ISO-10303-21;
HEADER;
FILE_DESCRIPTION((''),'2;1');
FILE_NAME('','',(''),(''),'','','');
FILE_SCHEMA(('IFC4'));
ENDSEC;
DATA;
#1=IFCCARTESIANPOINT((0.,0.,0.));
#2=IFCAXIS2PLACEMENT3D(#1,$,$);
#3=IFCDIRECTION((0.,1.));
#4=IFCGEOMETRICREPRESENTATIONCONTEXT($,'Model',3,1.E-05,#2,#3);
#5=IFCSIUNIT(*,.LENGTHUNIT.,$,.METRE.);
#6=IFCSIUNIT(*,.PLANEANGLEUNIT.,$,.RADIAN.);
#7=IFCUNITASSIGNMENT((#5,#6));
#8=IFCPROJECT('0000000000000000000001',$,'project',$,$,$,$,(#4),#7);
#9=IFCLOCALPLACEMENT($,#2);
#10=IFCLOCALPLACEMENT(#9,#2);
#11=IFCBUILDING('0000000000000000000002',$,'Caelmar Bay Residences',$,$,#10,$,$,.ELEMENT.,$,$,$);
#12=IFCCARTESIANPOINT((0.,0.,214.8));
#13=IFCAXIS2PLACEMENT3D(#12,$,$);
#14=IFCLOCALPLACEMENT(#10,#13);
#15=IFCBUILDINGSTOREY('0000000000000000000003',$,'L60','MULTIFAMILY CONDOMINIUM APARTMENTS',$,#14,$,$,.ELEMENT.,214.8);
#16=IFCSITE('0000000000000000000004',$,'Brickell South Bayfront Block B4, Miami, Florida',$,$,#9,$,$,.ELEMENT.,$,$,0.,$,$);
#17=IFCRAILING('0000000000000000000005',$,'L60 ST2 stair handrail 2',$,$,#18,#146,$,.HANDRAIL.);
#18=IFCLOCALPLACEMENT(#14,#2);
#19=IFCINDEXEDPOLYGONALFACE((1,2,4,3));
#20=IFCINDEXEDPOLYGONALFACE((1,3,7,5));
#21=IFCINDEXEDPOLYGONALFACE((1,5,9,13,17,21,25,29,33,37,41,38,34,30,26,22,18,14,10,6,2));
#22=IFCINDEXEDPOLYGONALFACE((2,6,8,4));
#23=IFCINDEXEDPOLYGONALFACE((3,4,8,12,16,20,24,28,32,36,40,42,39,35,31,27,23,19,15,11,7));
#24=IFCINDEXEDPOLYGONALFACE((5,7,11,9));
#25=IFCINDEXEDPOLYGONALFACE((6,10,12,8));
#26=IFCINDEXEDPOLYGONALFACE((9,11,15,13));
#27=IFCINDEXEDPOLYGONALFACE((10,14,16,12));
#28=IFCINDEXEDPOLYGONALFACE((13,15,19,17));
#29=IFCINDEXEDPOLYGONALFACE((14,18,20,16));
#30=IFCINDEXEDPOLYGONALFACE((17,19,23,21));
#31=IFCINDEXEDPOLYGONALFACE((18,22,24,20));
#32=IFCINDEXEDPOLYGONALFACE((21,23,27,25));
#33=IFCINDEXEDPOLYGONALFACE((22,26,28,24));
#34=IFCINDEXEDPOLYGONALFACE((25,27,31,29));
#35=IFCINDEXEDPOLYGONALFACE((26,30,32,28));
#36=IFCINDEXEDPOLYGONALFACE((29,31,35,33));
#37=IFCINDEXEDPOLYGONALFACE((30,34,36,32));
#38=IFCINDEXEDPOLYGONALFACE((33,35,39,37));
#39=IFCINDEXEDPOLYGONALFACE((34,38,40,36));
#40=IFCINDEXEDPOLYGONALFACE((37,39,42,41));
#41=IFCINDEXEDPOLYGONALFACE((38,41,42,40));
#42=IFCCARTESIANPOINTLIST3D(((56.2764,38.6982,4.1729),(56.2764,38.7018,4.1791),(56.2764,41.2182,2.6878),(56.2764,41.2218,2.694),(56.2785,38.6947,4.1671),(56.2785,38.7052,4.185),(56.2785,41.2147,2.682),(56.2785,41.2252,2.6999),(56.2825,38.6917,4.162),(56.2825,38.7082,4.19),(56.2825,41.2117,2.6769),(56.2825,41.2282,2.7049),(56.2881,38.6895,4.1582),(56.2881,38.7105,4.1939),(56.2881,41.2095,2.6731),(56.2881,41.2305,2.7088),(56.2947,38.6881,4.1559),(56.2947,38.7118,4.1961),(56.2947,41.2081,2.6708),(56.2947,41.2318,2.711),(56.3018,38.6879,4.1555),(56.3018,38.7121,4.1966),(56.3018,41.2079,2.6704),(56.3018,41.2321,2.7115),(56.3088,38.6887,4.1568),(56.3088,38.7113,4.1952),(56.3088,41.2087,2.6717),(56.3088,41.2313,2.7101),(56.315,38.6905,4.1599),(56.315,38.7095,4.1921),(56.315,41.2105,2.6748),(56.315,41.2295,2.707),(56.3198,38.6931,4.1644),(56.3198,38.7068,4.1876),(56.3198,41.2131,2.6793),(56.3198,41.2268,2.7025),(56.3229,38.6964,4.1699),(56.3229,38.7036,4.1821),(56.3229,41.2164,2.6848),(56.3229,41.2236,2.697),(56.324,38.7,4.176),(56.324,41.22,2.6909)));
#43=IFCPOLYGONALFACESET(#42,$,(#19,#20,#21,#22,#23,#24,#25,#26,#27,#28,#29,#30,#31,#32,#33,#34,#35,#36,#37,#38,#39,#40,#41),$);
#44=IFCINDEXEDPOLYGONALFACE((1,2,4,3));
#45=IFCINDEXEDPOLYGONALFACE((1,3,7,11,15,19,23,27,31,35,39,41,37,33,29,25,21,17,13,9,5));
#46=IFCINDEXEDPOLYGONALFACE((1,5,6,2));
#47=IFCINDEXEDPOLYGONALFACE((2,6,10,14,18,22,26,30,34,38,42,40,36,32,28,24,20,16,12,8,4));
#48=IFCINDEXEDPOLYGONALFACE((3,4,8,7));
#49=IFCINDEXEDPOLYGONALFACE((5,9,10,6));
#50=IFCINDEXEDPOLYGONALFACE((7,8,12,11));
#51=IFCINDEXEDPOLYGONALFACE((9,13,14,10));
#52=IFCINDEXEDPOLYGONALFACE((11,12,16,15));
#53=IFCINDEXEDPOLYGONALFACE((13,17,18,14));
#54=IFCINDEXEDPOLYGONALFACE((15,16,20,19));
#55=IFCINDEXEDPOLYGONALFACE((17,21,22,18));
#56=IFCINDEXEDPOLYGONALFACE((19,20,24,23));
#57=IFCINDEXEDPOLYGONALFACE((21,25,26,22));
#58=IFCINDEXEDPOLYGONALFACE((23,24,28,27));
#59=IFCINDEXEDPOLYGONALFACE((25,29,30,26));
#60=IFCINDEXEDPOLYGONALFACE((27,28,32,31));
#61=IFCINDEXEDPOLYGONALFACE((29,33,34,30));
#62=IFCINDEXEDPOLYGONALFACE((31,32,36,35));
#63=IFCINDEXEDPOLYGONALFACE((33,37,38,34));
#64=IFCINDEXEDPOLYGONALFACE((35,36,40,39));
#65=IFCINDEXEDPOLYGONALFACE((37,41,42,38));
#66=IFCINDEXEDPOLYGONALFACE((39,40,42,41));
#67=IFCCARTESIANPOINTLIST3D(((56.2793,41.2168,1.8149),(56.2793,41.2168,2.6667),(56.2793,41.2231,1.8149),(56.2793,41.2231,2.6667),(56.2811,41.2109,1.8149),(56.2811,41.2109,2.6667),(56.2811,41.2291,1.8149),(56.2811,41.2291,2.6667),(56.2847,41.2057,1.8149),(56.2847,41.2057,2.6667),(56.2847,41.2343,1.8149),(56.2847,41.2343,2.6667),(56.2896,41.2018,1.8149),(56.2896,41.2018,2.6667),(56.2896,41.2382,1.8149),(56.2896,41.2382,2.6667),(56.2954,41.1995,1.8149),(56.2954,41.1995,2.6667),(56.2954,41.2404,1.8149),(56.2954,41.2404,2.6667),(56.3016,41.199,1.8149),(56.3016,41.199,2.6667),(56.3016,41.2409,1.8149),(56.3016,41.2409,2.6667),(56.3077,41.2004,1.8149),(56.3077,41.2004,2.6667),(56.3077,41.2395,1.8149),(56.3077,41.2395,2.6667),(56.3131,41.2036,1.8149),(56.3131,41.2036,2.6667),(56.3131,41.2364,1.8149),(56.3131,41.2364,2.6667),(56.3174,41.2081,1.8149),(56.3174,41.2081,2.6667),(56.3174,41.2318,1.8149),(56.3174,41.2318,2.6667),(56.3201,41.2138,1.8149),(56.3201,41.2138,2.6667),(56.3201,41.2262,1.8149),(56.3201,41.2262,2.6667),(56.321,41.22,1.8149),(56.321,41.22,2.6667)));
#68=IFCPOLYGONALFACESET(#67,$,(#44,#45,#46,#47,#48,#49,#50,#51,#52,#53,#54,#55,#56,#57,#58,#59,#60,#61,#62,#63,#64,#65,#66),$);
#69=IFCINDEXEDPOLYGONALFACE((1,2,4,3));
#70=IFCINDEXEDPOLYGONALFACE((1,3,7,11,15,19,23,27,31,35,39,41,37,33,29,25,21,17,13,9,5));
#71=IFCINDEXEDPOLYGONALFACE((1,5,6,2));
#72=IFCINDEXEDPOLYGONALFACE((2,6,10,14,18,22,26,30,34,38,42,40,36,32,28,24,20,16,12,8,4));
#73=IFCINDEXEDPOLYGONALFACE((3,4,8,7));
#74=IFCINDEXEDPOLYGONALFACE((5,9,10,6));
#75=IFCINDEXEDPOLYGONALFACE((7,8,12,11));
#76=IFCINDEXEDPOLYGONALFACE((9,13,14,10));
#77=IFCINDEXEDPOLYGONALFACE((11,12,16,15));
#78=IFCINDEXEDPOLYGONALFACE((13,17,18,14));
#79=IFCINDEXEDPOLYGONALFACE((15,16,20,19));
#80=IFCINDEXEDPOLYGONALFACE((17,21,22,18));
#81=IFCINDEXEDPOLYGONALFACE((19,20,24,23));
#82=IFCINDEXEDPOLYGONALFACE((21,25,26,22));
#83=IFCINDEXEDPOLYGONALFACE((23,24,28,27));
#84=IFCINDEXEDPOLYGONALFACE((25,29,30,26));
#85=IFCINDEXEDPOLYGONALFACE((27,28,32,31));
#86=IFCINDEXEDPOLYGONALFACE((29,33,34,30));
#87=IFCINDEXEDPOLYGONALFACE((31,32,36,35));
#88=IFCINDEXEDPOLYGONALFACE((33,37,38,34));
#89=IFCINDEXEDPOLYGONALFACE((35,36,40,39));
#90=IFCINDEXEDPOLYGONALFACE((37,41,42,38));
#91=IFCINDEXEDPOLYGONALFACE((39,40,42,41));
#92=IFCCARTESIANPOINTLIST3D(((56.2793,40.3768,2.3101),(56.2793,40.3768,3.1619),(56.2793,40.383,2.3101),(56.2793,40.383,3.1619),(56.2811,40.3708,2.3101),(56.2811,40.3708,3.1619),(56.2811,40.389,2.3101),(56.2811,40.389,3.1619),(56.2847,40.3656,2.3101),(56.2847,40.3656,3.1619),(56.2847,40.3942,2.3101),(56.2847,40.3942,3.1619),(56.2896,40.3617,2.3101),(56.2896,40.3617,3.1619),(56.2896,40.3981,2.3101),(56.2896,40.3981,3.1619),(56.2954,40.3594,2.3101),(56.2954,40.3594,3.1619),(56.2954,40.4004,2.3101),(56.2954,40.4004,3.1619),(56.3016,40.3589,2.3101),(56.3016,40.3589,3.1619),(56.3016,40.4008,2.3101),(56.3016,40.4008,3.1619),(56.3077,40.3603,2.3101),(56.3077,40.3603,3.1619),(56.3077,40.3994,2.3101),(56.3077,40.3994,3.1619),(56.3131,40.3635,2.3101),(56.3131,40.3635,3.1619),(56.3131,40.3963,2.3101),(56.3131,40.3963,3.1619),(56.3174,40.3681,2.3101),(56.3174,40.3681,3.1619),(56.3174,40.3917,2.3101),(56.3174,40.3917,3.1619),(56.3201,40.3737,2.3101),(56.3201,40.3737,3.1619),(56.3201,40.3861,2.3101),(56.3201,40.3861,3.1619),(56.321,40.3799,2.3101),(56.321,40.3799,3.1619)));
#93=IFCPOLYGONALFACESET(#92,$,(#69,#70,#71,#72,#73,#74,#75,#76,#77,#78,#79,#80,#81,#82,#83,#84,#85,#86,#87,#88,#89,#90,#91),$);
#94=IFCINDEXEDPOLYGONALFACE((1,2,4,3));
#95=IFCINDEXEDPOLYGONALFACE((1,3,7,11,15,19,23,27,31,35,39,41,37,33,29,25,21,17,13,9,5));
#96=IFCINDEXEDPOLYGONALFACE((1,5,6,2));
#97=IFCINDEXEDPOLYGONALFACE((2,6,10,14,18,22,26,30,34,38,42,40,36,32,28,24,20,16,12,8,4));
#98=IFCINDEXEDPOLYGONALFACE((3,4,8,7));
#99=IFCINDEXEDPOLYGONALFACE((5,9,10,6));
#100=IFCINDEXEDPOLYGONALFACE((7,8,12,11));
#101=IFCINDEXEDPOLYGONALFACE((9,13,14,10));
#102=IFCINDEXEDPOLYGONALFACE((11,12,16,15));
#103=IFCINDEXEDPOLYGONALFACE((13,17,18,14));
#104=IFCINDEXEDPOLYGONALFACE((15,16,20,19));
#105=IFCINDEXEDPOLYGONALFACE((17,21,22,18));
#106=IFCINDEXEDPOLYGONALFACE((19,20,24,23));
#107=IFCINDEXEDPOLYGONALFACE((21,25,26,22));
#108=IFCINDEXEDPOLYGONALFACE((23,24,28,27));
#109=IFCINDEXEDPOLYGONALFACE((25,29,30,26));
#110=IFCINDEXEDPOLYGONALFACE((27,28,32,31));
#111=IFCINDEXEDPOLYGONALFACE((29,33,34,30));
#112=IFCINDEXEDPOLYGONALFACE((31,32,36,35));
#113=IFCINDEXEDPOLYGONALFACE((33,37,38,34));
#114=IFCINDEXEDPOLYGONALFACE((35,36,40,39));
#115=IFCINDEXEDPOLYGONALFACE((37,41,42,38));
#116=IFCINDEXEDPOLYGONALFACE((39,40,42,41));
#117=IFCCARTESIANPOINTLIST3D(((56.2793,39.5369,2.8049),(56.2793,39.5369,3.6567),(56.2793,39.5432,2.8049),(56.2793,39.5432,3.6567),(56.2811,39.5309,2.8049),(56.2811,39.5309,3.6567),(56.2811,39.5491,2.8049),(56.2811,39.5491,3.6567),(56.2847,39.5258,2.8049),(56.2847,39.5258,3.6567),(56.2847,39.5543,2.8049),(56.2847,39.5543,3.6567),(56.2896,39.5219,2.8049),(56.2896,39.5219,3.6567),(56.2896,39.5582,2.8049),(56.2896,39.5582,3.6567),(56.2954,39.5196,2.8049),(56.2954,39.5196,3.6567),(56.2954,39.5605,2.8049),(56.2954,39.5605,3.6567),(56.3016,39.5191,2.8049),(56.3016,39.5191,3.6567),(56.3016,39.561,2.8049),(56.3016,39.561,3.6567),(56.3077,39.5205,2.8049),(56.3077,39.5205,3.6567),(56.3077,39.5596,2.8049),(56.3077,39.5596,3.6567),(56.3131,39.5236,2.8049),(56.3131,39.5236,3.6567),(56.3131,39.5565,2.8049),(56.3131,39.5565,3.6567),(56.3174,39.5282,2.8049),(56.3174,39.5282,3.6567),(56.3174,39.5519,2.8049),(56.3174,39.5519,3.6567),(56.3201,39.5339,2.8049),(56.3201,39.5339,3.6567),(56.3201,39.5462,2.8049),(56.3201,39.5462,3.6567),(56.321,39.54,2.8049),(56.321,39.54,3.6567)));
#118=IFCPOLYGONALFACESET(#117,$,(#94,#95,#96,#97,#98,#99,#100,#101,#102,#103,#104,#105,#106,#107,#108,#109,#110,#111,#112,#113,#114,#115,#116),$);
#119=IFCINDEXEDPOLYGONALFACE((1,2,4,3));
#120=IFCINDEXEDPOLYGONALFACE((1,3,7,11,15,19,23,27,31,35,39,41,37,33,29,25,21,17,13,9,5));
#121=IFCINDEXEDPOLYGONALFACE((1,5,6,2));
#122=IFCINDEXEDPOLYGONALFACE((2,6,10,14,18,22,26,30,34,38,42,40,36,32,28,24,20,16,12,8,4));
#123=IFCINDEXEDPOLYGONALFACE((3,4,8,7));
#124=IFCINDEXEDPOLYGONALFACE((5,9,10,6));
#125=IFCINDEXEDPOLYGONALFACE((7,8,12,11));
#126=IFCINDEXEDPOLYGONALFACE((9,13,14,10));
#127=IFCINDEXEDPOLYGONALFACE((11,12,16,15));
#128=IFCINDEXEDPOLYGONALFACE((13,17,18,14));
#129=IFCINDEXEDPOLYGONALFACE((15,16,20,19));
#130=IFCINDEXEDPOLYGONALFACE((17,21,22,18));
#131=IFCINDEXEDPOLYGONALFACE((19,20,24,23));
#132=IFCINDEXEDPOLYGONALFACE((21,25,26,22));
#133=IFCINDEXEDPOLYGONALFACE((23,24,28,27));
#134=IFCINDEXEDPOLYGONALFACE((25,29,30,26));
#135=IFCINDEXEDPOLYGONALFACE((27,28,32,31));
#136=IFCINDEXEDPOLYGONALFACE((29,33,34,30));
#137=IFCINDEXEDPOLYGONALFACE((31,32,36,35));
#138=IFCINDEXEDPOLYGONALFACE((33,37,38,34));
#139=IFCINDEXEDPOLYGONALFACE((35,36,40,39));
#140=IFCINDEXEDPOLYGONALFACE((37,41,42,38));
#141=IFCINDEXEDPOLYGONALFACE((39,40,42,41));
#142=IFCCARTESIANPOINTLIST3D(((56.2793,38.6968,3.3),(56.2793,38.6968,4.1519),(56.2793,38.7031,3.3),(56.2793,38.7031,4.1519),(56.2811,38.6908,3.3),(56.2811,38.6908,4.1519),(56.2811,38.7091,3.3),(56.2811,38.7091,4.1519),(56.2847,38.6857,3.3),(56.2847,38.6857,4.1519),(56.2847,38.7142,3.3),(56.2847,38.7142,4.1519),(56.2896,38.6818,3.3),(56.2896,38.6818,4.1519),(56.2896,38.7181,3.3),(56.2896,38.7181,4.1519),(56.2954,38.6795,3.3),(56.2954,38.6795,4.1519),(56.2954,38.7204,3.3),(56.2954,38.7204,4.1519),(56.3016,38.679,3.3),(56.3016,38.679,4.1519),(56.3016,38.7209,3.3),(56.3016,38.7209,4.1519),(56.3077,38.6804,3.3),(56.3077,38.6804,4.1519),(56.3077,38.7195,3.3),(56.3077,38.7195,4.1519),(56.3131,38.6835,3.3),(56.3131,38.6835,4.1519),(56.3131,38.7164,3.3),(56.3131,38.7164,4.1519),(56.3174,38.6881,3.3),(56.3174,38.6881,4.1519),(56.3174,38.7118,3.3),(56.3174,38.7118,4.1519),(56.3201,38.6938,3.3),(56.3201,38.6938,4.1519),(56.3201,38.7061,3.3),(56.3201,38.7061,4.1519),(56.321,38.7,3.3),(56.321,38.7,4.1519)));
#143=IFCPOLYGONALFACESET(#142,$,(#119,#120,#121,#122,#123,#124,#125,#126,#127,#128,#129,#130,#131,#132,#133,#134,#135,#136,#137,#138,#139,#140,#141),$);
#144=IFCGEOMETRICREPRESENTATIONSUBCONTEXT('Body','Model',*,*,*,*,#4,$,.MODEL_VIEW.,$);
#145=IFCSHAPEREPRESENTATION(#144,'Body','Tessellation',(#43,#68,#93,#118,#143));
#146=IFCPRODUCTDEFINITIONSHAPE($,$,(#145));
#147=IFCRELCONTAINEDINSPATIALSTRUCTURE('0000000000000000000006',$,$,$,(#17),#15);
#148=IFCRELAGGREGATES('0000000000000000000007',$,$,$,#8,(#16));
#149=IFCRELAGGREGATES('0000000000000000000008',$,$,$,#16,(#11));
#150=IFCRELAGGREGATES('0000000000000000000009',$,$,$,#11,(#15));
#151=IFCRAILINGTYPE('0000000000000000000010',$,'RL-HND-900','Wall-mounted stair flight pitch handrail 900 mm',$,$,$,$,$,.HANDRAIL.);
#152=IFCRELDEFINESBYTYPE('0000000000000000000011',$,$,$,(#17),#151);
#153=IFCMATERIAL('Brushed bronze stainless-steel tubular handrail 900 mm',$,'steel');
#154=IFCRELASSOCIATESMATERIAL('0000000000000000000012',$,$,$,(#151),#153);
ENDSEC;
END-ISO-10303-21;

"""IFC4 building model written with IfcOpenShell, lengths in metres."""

from ifc_helpers import new_model, si_unit, direction, frame, origin, origin_2d, place, context, subcontext, project, spatial, circle, extrude, material, type_object, element, save


model = new_model("IFC4")

# Units and contexts
model_context = context("Model", 3, precision=1e-05, world=origin(), true_north=direction((0.0, 1.0)))
body_context = subcontext(model_context, "Body", "Model", "MODEL_VIEW")
ifc_project = project(units=[si_unit("LENGTHUNIT", "METRE"), si_unit("PLANEANGLEUNIT", "RADIAN")], contexts=[model_context])

# Site, building, storey
site_placement = place(None, origin())
site = spatial("IfcSite", under=ifc_project, at=site_placement, Name="Brickell South Bayfront Block B4, Miami, Florida", CompositionType="ELEMENT", RefElevation=0.0)
building_placement = place(site_placement, origin())
building = spatial("IfcBuilding", under=site, at=building_placement, Name="Caelmar Bay Residences", CompositionType="ELEMENT")
storey_placement = place(building_placement, frame((0.0, 0.0, 214.8)))
storey = spatial("IfcBuildingStorey", under=building, at=storey_placement, Name="L60", Description="MULTIFAMILY CONDOMINIUM APARTMENTS", CompositionType="ELEMENT", Elevation=214.8)

# Railing
ifc_material_1 = material(Name="Brushed bronze stainless-steel tubular handrail 900 mm", Category="steel")
railing_type_1 = type_object("IfcRailingType", Name="RL-HND-900", Description="Wall-mounted stair flight pitch handrail 900 mm", PredefinedType="HANDRAIL", material=ifc_material_1)
railing_1_placement = place(storey_placement, frame((56.3, 41.22, 1.8149)))
element("IfcRailing", 1, at=railing_1_placement, inside=storey, type_object=railing_type_1, Name="L60 ST2 stair handrail 2", PredefinedType="HANDRAIL", context=body_context, shape_type="SweptSolid", body=[
    extrude(circle(Radius=0.0239, at=origin_2d()), frame((0.0, 0.0, 0.876), z_axis=(0.0, -0.861524, 0.507717), x_axis=(1.0, 0.0, 0.0)), (0.0, 0.0, 1.0), 2.925),
    extrude(circle(Radius=0.021, at=origin_2d()), origin(), (0.0, 0.0, 1.0), 0.8518),
    extrude(circle(Radius=0.021, at=origin_2d()), frame((0.0, -0.8401, 0.4951)), (0.0, 0.0, 1.0), 0.8518),
    extrude(circle(Radius=0.021, at=origin_2d()), frame((0.0, -1.6799, 0.99)), (0.0, 0.0, 1.0), 0.8518),
    extrude(circle(Radius=0.021, at=origin_2d()), frame((0.0, -2.52, 1.4851)), (0.0, 0.0, 1.0), 0.8518),
])

save(model, "model.ifc")
